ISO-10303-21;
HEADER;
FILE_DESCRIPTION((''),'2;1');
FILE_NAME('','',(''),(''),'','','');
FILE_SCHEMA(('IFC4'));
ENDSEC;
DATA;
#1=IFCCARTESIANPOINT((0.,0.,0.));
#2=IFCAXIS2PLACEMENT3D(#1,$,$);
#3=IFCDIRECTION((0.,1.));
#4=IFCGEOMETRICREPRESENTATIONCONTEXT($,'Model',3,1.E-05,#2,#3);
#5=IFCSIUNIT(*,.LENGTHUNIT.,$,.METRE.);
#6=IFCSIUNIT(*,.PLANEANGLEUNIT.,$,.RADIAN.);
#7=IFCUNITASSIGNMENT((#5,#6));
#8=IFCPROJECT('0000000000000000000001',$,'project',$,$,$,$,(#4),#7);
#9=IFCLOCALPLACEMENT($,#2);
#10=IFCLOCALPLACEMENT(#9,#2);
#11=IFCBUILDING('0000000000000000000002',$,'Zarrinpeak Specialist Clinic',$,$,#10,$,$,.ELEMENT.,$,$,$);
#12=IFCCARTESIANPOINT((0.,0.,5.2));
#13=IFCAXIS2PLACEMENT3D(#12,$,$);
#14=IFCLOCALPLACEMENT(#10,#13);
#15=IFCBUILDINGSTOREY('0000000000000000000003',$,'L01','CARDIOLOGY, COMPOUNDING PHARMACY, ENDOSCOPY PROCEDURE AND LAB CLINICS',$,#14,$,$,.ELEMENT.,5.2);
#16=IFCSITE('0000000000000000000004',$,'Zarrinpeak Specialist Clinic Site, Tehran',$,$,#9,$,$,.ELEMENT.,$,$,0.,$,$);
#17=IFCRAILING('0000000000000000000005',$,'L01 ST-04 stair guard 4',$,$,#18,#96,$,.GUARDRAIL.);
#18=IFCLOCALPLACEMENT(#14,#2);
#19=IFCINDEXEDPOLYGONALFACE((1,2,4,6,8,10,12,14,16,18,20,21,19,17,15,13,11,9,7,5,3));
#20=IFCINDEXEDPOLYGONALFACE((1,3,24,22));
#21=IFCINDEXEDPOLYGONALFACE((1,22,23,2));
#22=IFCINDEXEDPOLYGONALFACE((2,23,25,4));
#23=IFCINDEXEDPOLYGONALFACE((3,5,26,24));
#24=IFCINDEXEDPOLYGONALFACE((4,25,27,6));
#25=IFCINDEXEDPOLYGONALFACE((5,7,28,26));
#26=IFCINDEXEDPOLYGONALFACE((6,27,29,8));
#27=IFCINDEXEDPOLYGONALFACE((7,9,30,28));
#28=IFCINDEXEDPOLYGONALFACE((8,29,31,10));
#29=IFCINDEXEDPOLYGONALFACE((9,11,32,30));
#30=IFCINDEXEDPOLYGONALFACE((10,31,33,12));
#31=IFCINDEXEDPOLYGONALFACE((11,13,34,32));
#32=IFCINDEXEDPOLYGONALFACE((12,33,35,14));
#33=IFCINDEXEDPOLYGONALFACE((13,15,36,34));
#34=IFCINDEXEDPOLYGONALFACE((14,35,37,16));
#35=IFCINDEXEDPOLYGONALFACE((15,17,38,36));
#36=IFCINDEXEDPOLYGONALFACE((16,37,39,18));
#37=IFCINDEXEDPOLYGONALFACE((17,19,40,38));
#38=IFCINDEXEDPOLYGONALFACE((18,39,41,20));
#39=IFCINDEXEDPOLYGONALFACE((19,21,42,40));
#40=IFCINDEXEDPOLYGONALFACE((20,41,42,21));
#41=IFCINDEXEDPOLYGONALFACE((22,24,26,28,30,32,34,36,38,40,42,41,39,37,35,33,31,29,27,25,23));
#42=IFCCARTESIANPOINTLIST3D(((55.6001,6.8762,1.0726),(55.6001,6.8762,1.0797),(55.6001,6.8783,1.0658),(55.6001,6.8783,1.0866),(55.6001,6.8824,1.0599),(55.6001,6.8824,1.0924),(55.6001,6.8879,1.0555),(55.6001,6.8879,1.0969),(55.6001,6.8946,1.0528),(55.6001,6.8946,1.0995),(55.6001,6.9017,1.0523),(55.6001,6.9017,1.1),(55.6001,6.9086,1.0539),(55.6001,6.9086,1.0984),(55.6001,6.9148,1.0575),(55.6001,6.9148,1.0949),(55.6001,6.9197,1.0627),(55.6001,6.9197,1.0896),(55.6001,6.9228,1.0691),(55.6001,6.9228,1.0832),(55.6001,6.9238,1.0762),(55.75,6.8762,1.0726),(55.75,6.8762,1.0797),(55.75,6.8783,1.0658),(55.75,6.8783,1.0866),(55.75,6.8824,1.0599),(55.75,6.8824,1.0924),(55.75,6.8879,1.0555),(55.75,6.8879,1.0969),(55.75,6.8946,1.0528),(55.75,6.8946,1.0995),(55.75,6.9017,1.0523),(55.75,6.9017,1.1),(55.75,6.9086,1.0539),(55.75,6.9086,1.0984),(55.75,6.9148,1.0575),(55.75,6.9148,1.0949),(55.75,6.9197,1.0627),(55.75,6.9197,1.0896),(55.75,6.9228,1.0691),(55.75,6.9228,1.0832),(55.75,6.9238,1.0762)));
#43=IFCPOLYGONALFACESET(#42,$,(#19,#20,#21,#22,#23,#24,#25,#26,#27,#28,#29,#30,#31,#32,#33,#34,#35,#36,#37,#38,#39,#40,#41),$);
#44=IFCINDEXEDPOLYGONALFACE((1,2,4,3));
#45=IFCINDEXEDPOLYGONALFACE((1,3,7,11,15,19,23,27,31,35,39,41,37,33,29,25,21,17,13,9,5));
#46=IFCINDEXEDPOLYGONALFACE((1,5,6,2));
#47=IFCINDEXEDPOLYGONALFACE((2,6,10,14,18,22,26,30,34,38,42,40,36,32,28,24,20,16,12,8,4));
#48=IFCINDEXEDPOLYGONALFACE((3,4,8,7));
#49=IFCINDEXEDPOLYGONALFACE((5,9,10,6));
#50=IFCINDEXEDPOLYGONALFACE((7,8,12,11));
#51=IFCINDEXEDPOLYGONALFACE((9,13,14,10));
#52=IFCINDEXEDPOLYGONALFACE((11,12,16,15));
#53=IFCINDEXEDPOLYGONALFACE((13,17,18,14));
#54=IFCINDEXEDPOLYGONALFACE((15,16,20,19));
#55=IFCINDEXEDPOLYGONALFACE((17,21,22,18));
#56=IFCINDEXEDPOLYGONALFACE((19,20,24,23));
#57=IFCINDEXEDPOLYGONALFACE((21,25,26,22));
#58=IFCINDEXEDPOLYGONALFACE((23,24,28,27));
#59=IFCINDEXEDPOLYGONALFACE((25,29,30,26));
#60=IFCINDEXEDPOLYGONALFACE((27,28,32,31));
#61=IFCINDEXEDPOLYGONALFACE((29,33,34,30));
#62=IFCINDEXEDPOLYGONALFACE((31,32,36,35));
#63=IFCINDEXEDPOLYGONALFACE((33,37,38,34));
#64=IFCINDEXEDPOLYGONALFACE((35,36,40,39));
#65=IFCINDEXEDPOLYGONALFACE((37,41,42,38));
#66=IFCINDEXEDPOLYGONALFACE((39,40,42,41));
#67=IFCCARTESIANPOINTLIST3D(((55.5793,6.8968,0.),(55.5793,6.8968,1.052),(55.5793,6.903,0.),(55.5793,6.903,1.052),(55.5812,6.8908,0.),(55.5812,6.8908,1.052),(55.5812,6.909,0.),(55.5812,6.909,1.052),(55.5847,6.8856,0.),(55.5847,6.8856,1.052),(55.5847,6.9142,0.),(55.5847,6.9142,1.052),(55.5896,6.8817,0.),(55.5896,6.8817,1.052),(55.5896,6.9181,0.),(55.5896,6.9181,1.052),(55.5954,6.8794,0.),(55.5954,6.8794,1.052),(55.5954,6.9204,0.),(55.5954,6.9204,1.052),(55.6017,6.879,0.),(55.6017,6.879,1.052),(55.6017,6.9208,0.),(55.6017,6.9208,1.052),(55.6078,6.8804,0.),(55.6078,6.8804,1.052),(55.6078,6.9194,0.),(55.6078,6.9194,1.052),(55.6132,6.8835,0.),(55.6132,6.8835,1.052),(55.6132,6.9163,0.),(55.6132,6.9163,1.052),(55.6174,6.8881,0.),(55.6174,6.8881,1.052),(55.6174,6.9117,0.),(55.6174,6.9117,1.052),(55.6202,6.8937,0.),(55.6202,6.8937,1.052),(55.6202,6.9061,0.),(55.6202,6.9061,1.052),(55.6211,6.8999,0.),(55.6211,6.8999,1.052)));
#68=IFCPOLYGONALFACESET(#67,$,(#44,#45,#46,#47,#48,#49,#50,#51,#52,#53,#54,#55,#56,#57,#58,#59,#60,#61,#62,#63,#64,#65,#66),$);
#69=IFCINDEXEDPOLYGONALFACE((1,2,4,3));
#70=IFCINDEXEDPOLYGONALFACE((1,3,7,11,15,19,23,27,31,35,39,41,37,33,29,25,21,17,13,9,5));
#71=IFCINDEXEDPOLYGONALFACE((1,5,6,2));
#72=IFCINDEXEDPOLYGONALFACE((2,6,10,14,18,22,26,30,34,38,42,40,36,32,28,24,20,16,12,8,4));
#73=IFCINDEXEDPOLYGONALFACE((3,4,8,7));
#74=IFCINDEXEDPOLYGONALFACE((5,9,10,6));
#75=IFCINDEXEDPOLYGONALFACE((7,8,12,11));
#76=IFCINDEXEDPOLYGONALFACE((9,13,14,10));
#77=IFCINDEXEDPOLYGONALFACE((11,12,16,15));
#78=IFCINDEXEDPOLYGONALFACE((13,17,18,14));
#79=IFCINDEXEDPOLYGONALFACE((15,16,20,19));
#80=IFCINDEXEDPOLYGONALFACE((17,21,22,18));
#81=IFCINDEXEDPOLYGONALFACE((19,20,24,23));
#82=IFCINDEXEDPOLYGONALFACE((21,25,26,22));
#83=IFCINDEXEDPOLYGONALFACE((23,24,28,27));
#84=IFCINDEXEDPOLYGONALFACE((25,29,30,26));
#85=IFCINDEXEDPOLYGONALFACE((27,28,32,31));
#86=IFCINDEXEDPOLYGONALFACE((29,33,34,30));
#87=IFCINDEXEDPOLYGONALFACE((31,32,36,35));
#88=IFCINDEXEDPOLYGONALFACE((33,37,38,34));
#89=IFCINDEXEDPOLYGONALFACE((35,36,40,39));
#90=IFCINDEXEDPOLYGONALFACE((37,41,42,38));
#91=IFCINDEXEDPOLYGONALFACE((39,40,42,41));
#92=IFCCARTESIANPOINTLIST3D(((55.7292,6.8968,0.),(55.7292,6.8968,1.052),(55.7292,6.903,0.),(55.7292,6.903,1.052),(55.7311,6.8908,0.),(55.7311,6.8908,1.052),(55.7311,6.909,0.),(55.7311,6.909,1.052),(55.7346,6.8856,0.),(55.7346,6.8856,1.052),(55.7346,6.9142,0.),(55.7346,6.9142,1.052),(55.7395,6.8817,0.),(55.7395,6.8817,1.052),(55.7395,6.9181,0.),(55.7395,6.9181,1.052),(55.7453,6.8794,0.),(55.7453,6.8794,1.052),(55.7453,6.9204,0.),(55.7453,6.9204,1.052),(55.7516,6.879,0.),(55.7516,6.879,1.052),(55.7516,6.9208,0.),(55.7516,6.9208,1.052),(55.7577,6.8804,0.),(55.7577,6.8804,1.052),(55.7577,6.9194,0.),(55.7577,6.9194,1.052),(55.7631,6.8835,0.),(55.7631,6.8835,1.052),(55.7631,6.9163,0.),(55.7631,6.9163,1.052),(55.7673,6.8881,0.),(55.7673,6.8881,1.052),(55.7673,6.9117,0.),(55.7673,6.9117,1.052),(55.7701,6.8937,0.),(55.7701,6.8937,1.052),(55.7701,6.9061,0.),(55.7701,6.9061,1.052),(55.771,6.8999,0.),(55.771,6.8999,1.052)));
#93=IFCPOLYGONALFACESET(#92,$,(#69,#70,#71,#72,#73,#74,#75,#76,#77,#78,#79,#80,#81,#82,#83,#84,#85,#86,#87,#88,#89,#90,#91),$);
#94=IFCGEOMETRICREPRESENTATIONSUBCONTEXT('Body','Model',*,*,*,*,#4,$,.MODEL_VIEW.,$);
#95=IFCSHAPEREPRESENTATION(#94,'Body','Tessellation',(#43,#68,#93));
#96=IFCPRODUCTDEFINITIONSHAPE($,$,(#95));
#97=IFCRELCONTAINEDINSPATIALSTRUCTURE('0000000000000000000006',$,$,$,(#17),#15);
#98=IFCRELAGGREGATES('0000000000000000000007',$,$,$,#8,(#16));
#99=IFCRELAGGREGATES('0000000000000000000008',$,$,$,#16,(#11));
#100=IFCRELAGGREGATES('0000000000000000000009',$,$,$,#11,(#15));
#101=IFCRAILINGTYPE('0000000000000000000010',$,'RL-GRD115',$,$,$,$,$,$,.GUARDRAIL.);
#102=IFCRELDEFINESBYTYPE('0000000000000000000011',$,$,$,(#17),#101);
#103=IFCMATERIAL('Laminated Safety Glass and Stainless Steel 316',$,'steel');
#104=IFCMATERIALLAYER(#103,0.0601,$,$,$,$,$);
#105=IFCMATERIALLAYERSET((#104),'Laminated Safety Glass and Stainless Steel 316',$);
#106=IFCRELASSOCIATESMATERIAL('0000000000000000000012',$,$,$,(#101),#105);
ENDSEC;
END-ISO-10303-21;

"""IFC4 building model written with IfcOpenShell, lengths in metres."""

from ifc_helpers import new_model, si_unit, direction, frame, origin, origin_2d, place, context, subcontext, project, spatial, circle, extrude, material, layer, layer_set, type_object, element, save


model = new_model("IFC4")

# Units and contexts
model_context = context("Model", 3, precision=1e-05, world=origin(), true_north=direction((0.0, 1.0)))
body_context = subcontext(model_context, "Body", "Model", "MODEL_VIEW")
ifc_project = project(units=[si_unit("LENGTHUNIT", "METRE"), si_unit("PLANEANGLEUNIT", "RADIAN")], contexts=[model_context])

# Site, building, storey
site_placement = place(None, origin())
site = spatial("IfcSite", under=ifc_project, at=site_placement, Name="Zarrinpeak Specialist Clinic Site, Tehran", CompositionType="ELEMENT", RefElevation=0.0)
building_placement = place(site_placement, origin())
building = spatial("IfcBuilding", under=site, at=building_placement, Name="Zarrinpeak Specialist Clinic", CompositionType="ELEMENT")
storey_placement = place(building_placement, frame((0.0, 0.0, 5.2)))
storey = spatial("IfcBuildingStorey", under=building, at=storey_placement, Name="L01", Description="CARDIOLOGY, COMPOUNDING PHARMACY, ENDOSCOPY PROCEDURE AND LAB CLINICS", CompositionType="ELEMENT", Elevation=5.2)

# Railing
ifc_material_1 = material(Name="Laminated Safety Glass and Stainless Steel 316", Category="steel")
ifc_layer_1 = layer(ifc_material_1, 0.0601)
ifc_layer_set_1 = layer_set([ifc_layer_1], Name="Laminated Safety Glass and Stainless Steel 316")
railing_type_1 = type_object("IfcRailingType", Name="RL-GRD115", PredefinedType="GUARDRAIL", material=ifc_layer_set_1)
railing_1_placement = place(storey_placement, frame((55.6001, 6.8999, 0.0)))
element("IfcRailing", 1, at=railing_1_placement, inside=storey, type_object=railing_type_1, Name="L01 ST-04 stair guard 4", PredefinedType="GUARDRAIL", context=body_context, shape_type="SweptSolid", body=[
    extrude(circle(Radius=0.0239, at=origin_2d()), frame((0.0, 0.0, 1.0762), z_axis=(1.0, 0.0, 0.0), x_axis=(0.0, 1.0, 0.0)), (0.0, 0.0, 1.0), 0.1499),
    extrude(circle(Radius=0.021, at=origin_2d()), origin(), (0.0, 0.0, 1.0), 1.052),
    extrude(circle(Radius=0.021, at=origin_2d()), frame((0.1499, 0.0, 0.0)), (0.0, 0.0, 1.0), 1.052),
])

save(model, "model.ifc")
